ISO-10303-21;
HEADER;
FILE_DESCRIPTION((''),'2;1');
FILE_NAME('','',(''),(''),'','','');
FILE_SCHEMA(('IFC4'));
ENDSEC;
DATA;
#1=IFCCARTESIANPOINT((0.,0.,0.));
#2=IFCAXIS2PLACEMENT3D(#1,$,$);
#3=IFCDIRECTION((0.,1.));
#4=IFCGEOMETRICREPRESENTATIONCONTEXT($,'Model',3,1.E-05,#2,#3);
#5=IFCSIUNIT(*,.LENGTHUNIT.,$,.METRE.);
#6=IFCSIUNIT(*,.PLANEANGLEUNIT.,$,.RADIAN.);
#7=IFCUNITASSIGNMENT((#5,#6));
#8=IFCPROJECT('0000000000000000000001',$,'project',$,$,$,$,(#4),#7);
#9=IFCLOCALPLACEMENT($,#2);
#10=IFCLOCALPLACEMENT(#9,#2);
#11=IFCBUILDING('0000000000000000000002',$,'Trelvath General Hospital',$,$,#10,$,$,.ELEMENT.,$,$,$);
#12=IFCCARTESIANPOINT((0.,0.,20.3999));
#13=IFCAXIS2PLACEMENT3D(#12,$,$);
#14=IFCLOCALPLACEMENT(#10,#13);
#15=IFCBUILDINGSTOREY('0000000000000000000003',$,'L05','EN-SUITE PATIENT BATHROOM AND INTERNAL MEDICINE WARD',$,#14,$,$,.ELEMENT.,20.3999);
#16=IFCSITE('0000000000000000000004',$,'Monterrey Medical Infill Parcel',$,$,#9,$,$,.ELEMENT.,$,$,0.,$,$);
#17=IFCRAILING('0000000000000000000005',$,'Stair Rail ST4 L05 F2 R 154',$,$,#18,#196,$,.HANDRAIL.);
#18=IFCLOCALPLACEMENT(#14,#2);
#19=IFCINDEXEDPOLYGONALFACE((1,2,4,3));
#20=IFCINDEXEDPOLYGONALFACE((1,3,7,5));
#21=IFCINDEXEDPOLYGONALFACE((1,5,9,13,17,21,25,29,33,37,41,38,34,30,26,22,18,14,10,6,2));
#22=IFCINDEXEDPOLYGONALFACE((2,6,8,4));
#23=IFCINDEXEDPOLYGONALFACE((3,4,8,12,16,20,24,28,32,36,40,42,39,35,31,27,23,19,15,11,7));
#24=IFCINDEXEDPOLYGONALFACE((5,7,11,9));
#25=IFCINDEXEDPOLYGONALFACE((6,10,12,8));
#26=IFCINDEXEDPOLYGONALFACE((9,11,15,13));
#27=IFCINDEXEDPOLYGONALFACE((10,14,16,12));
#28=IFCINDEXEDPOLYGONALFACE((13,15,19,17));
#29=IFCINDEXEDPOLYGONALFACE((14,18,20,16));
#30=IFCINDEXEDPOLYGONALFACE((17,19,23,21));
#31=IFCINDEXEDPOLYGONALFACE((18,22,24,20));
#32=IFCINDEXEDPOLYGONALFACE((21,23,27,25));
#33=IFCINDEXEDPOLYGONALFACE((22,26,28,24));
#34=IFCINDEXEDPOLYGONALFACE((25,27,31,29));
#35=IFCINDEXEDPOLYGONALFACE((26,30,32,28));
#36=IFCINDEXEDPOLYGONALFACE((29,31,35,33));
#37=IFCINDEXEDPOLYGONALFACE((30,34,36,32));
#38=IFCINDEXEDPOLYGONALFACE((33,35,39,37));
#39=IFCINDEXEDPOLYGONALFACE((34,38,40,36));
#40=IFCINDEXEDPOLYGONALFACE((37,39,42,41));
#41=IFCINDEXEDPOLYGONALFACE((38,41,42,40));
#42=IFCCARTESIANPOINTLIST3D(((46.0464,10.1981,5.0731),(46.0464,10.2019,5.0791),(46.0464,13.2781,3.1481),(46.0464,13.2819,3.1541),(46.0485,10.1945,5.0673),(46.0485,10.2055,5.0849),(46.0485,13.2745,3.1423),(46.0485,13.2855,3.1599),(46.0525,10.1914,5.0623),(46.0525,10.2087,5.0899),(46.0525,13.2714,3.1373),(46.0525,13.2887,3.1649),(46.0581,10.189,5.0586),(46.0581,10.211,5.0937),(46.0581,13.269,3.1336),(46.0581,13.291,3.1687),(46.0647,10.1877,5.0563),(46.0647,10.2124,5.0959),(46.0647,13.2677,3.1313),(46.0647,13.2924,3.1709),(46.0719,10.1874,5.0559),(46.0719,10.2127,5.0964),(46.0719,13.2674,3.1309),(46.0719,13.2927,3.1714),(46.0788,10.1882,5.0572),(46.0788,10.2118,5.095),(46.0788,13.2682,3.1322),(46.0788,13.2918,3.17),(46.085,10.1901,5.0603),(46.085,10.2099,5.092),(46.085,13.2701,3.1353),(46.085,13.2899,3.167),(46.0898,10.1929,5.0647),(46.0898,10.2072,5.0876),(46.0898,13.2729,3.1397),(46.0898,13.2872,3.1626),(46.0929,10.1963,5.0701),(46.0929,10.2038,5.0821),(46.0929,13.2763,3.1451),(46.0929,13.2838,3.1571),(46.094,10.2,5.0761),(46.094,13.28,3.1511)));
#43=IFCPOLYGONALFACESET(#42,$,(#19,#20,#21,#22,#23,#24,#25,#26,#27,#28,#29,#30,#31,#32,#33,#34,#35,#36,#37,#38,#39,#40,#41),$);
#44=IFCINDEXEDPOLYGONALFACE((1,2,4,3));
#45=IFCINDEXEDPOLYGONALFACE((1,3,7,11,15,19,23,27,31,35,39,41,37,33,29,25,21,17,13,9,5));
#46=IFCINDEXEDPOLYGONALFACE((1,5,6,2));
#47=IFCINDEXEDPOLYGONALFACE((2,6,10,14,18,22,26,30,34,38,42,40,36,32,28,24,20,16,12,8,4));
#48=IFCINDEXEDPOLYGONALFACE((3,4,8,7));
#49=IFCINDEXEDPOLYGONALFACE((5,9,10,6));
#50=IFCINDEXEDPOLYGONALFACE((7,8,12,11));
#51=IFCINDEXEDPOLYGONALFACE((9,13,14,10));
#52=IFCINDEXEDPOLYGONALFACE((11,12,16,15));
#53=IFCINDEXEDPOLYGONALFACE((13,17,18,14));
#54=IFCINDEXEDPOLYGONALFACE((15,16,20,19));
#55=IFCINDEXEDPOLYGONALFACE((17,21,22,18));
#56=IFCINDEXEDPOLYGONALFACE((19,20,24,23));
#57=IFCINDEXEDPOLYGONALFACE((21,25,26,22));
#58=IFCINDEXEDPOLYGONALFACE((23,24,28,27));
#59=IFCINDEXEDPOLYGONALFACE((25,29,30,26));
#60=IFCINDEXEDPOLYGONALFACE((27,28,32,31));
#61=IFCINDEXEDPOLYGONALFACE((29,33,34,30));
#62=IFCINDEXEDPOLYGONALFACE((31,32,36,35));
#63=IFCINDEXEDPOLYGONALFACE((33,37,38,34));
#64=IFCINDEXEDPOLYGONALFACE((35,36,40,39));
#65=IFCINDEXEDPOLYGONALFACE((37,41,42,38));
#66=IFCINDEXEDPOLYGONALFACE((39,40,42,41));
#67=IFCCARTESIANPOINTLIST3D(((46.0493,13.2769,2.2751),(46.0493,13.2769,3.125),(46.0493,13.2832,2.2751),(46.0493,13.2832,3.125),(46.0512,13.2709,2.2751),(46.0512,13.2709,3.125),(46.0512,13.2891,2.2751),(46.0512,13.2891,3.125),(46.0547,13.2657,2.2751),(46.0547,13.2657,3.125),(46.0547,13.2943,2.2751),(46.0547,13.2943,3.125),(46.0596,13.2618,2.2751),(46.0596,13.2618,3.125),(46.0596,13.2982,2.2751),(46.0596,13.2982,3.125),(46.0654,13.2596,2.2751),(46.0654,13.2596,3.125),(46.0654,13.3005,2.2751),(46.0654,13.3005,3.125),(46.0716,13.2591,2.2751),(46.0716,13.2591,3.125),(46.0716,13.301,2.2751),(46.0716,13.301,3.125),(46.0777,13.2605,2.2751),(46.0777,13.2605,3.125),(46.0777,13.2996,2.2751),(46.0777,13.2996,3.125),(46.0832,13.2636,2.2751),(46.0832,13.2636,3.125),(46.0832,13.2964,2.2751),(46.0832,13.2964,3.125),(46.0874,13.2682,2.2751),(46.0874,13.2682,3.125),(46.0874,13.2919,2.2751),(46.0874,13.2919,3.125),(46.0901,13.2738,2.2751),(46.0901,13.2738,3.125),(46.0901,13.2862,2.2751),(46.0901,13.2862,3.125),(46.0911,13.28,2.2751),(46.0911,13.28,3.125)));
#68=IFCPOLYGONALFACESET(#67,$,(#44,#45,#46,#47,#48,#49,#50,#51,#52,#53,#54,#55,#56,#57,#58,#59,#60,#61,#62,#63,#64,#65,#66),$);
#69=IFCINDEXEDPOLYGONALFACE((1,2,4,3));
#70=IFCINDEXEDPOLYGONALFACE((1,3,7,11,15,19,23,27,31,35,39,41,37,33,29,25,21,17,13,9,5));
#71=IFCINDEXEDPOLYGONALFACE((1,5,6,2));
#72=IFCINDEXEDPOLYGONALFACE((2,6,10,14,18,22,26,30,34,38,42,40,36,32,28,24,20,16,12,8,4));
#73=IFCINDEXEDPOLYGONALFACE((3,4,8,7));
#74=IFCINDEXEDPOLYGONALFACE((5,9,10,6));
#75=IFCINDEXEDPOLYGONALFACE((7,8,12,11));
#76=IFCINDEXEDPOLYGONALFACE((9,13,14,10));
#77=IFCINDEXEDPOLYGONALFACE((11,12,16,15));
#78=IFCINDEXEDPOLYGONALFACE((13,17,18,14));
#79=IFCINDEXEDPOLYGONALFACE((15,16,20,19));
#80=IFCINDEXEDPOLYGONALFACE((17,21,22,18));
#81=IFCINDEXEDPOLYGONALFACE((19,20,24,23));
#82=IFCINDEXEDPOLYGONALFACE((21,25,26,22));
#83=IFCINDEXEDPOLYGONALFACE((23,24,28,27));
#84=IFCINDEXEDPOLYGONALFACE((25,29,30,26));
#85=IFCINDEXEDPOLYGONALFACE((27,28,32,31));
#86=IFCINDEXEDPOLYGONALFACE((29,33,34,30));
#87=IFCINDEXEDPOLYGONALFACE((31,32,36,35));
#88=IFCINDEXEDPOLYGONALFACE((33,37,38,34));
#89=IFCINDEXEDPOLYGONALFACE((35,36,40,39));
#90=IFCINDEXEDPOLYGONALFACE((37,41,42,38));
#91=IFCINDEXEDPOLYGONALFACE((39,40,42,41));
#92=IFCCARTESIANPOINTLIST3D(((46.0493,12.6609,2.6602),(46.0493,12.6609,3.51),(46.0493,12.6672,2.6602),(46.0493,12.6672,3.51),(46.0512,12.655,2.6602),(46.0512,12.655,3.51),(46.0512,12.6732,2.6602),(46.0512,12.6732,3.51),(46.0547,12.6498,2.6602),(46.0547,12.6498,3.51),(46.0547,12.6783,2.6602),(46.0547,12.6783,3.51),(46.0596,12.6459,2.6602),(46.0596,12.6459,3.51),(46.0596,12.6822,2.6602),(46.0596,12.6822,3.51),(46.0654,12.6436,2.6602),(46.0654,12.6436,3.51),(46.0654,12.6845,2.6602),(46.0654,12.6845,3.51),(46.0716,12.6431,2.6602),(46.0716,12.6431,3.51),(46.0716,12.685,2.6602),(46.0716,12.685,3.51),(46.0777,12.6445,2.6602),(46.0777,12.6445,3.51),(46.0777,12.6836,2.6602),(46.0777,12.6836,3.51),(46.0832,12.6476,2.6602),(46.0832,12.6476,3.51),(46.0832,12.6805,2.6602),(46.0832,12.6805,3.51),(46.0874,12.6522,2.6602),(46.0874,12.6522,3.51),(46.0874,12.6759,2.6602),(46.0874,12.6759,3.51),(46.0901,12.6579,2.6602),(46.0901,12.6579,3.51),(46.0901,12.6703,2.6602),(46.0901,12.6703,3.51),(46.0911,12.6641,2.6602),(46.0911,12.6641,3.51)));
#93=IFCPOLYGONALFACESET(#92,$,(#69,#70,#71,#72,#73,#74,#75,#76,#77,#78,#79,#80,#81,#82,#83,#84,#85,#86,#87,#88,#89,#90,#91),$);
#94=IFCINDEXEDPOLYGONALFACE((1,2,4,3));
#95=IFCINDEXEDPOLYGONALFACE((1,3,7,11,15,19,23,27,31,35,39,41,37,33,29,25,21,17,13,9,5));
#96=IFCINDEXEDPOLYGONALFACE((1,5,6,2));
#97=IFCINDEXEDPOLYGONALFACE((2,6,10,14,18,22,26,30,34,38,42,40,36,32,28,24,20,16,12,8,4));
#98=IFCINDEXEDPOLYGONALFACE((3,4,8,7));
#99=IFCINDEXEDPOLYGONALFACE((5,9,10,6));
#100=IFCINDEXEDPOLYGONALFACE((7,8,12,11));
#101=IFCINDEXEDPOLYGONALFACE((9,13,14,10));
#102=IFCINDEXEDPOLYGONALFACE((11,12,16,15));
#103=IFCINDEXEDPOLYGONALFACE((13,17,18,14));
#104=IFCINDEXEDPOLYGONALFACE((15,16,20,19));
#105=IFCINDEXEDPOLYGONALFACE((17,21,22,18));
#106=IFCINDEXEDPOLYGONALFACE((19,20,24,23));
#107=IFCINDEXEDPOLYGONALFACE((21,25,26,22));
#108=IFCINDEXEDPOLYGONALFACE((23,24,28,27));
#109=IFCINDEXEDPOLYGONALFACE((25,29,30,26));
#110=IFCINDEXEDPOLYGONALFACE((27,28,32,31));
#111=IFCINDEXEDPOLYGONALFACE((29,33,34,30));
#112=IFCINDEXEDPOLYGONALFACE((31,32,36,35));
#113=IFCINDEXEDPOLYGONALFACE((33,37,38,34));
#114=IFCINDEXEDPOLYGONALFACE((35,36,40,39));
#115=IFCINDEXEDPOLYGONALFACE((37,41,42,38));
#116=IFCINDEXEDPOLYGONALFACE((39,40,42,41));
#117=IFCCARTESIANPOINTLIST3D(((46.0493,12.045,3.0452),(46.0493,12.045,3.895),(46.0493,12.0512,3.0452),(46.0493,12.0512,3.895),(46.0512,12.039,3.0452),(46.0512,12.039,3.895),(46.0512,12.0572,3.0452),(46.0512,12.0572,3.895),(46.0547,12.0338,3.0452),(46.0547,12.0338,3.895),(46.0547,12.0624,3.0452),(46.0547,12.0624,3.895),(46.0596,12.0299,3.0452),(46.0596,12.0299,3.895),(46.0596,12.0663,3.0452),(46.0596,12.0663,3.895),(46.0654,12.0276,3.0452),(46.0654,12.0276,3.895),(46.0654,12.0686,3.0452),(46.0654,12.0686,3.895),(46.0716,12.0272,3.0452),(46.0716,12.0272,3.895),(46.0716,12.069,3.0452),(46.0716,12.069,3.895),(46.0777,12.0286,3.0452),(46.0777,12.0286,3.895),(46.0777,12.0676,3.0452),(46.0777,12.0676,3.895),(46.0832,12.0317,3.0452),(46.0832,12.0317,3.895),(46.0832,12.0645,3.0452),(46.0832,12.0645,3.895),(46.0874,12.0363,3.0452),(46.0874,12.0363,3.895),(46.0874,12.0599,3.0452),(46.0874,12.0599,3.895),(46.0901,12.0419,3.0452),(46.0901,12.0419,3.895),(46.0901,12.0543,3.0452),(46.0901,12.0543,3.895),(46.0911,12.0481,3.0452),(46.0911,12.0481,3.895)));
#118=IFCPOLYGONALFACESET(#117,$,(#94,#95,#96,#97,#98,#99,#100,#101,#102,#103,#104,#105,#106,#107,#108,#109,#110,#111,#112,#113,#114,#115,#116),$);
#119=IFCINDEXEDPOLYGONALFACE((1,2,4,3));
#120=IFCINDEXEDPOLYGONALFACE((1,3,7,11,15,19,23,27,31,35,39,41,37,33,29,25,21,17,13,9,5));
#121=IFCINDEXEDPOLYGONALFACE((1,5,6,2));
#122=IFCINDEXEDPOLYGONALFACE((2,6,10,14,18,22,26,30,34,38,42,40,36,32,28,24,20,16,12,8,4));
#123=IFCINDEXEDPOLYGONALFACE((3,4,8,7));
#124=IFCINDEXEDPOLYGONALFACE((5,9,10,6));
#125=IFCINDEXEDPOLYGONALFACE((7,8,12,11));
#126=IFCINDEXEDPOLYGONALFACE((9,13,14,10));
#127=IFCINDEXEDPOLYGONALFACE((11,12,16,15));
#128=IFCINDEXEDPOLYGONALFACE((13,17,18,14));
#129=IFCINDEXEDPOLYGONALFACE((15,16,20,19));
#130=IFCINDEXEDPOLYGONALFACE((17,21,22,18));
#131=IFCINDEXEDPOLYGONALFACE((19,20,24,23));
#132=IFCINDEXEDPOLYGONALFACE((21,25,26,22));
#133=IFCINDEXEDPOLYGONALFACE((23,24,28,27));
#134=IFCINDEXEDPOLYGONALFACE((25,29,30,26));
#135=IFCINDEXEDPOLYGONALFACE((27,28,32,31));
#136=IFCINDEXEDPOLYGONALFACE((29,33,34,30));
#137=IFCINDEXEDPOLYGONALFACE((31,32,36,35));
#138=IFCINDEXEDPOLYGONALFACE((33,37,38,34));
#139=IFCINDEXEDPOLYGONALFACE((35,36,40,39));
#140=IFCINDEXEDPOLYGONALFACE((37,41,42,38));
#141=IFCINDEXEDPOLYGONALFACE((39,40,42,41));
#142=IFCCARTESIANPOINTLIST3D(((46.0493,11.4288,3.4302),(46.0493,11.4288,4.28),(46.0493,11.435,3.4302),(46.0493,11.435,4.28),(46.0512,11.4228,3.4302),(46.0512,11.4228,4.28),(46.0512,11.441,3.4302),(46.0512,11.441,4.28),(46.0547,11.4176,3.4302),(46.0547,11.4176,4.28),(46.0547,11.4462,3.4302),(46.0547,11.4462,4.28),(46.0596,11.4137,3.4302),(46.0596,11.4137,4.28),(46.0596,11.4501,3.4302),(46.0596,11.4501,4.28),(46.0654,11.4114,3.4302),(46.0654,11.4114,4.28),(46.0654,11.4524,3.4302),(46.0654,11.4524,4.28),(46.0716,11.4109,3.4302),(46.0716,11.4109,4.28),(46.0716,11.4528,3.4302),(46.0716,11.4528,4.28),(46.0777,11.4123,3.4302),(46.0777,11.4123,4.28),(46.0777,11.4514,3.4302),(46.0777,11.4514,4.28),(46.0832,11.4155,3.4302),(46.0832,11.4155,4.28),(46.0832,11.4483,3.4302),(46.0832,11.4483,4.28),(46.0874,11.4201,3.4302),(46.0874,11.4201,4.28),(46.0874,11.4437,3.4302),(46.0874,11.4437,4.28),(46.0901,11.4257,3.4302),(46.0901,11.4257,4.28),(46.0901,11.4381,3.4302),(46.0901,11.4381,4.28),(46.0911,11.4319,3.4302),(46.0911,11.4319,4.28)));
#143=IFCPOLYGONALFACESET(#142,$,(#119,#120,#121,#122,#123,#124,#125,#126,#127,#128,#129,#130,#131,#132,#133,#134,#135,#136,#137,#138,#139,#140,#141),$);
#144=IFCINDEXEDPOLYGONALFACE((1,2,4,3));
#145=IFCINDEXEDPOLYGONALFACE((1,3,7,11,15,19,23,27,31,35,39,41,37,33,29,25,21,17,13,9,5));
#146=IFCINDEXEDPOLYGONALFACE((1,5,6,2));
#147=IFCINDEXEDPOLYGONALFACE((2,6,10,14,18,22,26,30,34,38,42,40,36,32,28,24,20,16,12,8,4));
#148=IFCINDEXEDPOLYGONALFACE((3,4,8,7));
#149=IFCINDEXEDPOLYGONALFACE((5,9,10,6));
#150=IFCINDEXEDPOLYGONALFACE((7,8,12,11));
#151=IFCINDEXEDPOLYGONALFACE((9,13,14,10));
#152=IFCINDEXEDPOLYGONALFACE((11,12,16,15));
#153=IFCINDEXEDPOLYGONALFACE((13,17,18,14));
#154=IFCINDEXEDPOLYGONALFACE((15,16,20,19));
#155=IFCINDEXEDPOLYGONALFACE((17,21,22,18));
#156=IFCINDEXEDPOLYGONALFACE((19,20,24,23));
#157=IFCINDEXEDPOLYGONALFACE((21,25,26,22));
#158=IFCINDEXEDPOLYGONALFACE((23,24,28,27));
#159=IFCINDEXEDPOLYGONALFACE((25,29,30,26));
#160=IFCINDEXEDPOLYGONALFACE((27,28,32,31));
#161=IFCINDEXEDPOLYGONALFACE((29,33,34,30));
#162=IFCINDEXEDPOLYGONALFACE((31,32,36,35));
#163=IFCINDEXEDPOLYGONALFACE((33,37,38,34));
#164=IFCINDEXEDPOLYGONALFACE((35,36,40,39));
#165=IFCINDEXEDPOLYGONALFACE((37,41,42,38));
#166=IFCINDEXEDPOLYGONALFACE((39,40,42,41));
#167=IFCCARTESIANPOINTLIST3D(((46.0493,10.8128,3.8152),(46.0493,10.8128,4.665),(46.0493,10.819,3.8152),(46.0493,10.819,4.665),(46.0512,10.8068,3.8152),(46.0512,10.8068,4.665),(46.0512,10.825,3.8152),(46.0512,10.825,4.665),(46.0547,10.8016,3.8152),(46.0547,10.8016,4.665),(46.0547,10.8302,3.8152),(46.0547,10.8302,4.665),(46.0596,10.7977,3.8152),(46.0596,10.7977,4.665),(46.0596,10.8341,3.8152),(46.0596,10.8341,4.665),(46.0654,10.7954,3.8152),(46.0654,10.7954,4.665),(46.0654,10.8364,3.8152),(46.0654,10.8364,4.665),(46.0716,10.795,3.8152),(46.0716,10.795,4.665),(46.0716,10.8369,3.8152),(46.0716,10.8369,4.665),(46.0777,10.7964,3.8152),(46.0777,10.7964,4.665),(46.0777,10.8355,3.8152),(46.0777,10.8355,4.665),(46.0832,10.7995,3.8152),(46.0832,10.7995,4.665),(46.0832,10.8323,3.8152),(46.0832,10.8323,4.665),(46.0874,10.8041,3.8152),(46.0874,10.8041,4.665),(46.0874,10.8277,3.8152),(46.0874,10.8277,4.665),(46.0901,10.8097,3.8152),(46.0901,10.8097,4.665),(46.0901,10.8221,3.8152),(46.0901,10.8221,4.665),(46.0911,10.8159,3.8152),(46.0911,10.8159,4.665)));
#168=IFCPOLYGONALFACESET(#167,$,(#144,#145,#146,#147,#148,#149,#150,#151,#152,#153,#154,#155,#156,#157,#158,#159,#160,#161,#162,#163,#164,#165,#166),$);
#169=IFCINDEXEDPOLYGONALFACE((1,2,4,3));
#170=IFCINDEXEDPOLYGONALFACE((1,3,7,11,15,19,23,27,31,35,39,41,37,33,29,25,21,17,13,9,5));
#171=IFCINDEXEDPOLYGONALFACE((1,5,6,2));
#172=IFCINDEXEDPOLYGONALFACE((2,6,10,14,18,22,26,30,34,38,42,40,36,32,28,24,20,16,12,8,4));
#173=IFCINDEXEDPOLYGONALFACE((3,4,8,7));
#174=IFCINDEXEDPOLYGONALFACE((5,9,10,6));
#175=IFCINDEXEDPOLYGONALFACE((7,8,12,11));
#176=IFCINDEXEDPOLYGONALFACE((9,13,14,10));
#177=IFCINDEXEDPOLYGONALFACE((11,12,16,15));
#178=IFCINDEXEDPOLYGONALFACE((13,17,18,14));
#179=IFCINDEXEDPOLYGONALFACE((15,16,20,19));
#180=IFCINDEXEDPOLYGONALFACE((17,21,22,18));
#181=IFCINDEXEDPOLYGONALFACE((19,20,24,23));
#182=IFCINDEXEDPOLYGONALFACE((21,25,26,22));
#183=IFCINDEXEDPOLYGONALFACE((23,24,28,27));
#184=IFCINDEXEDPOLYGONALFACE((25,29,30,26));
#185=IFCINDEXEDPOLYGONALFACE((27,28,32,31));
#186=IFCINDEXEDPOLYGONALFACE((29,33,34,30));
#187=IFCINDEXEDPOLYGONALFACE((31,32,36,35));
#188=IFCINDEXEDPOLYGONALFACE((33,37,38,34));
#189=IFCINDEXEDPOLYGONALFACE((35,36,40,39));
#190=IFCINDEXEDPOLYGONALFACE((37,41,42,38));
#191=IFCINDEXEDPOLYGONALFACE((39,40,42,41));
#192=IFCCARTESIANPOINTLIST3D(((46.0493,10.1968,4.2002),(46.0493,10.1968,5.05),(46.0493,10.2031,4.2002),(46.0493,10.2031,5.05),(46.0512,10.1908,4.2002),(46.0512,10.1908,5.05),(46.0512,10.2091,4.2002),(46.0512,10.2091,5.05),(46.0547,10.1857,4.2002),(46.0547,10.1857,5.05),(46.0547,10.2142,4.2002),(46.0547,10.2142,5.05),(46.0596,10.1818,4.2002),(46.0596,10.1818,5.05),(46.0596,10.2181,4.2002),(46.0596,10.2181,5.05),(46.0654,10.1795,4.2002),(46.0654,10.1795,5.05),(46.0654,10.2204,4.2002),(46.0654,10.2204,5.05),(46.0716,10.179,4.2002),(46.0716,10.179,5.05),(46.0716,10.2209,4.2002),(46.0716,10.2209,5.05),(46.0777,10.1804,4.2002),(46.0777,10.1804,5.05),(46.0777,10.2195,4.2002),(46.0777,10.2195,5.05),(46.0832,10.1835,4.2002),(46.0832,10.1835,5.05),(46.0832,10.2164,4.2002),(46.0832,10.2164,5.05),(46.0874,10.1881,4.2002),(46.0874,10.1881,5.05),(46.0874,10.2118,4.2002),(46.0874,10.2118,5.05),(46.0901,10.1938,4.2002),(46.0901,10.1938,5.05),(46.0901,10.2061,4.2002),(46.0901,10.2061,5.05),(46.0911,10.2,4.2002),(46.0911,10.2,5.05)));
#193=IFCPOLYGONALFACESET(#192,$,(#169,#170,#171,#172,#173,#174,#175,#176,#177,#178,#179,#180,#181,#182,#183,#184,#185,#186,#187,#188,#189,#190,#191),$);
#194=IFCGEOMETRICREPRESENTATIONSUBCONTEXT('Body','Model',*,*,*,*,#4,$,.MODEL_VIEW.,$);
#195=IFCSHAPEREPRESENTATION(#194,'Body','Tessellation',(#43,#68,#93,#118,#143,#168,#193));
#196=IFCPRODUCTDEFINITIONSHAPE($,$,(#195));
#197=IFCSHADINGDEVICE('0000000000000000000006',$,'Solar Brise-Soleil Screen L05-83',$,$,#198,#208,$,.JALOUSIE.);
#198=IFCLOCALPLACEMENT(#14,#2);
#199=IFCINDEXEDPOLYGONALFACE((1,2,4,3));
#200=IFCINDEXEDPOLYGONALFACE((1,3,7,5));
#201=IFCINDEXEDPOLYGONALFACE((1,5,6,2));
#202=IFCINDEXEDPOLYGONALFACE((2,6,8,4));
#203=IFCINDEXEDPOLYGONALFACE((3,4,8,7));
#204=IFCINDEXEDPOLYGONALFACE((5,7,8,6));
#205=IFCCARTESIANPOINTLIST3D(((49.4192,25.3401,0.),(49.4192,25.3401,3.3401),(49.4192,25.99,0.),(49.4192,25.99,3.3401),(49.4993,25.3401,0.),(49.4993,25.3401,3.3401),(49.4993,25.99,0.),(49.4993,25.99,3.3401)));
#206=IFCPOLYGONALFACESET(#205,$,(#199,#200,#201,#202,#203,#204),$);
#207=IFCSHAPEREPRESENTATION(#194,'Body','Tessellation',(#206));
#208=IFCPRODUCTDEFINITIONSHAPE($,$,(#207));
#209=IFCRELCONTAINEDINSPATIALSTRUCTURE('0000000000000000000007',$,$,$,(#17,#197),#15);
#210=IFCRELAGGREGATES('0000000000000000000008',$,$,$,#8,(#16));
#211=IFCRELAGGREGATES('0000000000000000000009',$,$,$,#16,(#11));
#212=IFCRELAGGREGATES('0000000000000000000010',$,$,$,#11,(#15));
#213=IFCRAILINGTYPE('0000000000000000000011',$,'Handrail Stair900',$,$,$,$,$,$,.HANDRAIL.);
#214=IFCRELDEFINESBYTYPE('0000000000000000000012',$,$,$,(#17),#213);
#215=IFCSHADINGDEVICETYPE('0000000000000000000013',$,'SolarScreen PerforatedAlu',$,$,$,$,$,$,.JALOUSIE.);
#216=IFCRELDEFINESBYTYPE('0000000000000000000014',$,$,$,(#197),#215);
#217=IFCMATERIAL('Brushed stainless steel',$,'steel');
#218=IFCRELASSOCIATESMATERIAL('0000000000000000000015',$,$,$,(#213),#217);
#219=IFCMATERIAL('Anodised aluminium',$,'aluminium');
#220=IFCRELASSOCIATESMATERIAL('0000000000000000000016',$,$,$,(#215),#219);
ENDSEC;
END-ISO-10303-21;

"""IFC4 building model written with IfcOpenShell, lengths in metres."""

from ifc_helpers import new_model, si_unit, direction, frame, origin, origin_2d, place, context, subcontext, project, spatial, rectangle, circle, extrude, material, type_object, element, save


model = new_model("IFC4")

# Units and contexts
model_context = context("Model", 3, precision=1e-05, world=origin(), true_north=direction((0.0, 1.0)))
body_context = subcontext(model_context, "Body", "Model", "MODEL_VIEW")
ifc_project = project(units=[si_unit("LENGTHUNIT", "METRE"), si_unit("PLANEANGLEUNIT", "RADIAN")], contexts=[model_context])

# Site, building, storey
site_placement = place(None, origin())
site = spatial("IfcSite", under=ifc_project, at=site_placement, Name="Monterrey Medical Infill Parcel", CompositionType="ELEMENT", RefElevation=0.0)
building_placement = place(site_placement, origin())
building = spatial("IfcBuilding", under=site, at=building_placement, Name="Trelvath General Hospital", CompositionType="ELEMENT")
storey_placement = place(building_placement, frame((0.0, 0.0, 20.3999)))
storey = spatial("IfcBuildingStorey", under=building, at=storey_placement, Name="L05", Description="EN-SUITE PATIENT BATHROOM AND INTERNAL MEDICINE WARD", CompositionType="ELEMENT", Elevation=20.3999)

# Railing
ifc_material_1 = material(Name="Brushed stainless steel", Category="steel")
railing_type_1 = type_object("IfcRailingType", Name="Handrail Stair900", PredefinedType="HANDRAIL", material=ifc_material_1)
railing_1_placement = place(storey_placement, frame((46.0701, 13.28, 2.2751)))
element("IfcRailing", 1, at=railing_1_placement, inside=storey, type_object=railing_type_1, Name="Stair Rail ST4 L05 F2 R 154", PredefinedType="HANDRAIL", context=body_context, shape_type="SweptSolid", body=[
    extrude(circle(Radius=0.0239, at=origin_2d()), frame((0.0, 0.0, 0.876), z_axis=(0.0, -0.847998, 0.529999), x_axis=(1.0, 0.0, 0.0)), (0.0, 0.0, 1.0), 3.6321),
    extrude(circle(Radius=0.021, at=origin_2d()), origin(), (0.0, 0.0, 1.0), 0.8499),
    extrude(circle(Radius=0.021, at=origin_2d()), frame((0.0, -0.616, 0.385)), (0.0, 0.0, 1.0), 0.8499),
    extrude(circle(Radius=0.021, at=origin_2d()), frame((0.0, -1.2319, 0.77)), (0.0, 0.0, 1.0), 0.8499),
    extrude(circle(Radius=0.021, at=origin_2d()), frame((0.0, -1.8481, 1.155)), (0.0, 0.0, 1.0), 0.8499),
    extrude(circle(Radius=0.021, at=origin_2d()), frame((0.0, -2.4641, 1.54)), (0.0, 0.0, 1.0), 0.8499),
    extrude(circle(Radius=0.021, at=origin_2d()), frame((0.0, -3.0801, 1.925)), (0.0, 0.0, 1.0), 0.8499),
])

# Shading device
ifc_material_2 = material(Name="Anodised aluminium", Category="aluminium")
shading_device_type = type_object("IfcShadingDeviceType", Name="SolarScreen PerforatedAlu", PredefinedType="JALOUSIE", material=ifc_material_2)
shading_device_placement = place(storey_placement, frame((49.4592, 25.665, 0.0), z_axis=(0.0, 0.0, 1.0), x_axis=(0.0, 1.0, 0.0)))
element("IfcShadingDevice", 2, at=shading_device_placement, inside=storey, type_object=shading_device_type, Name="Solar Brise-Soleil Screen L05-83", PredefinedType="JALOUSIE", context=body_context, shape_type="SweptSolid", body=[
    extrude(rectangle(XDim=0.6499, YDim=0.0801, at=origin_2d()), origin(), (0.0, 0.0, 1.0), 3.3401),
])

save(model, "model.ifc")
